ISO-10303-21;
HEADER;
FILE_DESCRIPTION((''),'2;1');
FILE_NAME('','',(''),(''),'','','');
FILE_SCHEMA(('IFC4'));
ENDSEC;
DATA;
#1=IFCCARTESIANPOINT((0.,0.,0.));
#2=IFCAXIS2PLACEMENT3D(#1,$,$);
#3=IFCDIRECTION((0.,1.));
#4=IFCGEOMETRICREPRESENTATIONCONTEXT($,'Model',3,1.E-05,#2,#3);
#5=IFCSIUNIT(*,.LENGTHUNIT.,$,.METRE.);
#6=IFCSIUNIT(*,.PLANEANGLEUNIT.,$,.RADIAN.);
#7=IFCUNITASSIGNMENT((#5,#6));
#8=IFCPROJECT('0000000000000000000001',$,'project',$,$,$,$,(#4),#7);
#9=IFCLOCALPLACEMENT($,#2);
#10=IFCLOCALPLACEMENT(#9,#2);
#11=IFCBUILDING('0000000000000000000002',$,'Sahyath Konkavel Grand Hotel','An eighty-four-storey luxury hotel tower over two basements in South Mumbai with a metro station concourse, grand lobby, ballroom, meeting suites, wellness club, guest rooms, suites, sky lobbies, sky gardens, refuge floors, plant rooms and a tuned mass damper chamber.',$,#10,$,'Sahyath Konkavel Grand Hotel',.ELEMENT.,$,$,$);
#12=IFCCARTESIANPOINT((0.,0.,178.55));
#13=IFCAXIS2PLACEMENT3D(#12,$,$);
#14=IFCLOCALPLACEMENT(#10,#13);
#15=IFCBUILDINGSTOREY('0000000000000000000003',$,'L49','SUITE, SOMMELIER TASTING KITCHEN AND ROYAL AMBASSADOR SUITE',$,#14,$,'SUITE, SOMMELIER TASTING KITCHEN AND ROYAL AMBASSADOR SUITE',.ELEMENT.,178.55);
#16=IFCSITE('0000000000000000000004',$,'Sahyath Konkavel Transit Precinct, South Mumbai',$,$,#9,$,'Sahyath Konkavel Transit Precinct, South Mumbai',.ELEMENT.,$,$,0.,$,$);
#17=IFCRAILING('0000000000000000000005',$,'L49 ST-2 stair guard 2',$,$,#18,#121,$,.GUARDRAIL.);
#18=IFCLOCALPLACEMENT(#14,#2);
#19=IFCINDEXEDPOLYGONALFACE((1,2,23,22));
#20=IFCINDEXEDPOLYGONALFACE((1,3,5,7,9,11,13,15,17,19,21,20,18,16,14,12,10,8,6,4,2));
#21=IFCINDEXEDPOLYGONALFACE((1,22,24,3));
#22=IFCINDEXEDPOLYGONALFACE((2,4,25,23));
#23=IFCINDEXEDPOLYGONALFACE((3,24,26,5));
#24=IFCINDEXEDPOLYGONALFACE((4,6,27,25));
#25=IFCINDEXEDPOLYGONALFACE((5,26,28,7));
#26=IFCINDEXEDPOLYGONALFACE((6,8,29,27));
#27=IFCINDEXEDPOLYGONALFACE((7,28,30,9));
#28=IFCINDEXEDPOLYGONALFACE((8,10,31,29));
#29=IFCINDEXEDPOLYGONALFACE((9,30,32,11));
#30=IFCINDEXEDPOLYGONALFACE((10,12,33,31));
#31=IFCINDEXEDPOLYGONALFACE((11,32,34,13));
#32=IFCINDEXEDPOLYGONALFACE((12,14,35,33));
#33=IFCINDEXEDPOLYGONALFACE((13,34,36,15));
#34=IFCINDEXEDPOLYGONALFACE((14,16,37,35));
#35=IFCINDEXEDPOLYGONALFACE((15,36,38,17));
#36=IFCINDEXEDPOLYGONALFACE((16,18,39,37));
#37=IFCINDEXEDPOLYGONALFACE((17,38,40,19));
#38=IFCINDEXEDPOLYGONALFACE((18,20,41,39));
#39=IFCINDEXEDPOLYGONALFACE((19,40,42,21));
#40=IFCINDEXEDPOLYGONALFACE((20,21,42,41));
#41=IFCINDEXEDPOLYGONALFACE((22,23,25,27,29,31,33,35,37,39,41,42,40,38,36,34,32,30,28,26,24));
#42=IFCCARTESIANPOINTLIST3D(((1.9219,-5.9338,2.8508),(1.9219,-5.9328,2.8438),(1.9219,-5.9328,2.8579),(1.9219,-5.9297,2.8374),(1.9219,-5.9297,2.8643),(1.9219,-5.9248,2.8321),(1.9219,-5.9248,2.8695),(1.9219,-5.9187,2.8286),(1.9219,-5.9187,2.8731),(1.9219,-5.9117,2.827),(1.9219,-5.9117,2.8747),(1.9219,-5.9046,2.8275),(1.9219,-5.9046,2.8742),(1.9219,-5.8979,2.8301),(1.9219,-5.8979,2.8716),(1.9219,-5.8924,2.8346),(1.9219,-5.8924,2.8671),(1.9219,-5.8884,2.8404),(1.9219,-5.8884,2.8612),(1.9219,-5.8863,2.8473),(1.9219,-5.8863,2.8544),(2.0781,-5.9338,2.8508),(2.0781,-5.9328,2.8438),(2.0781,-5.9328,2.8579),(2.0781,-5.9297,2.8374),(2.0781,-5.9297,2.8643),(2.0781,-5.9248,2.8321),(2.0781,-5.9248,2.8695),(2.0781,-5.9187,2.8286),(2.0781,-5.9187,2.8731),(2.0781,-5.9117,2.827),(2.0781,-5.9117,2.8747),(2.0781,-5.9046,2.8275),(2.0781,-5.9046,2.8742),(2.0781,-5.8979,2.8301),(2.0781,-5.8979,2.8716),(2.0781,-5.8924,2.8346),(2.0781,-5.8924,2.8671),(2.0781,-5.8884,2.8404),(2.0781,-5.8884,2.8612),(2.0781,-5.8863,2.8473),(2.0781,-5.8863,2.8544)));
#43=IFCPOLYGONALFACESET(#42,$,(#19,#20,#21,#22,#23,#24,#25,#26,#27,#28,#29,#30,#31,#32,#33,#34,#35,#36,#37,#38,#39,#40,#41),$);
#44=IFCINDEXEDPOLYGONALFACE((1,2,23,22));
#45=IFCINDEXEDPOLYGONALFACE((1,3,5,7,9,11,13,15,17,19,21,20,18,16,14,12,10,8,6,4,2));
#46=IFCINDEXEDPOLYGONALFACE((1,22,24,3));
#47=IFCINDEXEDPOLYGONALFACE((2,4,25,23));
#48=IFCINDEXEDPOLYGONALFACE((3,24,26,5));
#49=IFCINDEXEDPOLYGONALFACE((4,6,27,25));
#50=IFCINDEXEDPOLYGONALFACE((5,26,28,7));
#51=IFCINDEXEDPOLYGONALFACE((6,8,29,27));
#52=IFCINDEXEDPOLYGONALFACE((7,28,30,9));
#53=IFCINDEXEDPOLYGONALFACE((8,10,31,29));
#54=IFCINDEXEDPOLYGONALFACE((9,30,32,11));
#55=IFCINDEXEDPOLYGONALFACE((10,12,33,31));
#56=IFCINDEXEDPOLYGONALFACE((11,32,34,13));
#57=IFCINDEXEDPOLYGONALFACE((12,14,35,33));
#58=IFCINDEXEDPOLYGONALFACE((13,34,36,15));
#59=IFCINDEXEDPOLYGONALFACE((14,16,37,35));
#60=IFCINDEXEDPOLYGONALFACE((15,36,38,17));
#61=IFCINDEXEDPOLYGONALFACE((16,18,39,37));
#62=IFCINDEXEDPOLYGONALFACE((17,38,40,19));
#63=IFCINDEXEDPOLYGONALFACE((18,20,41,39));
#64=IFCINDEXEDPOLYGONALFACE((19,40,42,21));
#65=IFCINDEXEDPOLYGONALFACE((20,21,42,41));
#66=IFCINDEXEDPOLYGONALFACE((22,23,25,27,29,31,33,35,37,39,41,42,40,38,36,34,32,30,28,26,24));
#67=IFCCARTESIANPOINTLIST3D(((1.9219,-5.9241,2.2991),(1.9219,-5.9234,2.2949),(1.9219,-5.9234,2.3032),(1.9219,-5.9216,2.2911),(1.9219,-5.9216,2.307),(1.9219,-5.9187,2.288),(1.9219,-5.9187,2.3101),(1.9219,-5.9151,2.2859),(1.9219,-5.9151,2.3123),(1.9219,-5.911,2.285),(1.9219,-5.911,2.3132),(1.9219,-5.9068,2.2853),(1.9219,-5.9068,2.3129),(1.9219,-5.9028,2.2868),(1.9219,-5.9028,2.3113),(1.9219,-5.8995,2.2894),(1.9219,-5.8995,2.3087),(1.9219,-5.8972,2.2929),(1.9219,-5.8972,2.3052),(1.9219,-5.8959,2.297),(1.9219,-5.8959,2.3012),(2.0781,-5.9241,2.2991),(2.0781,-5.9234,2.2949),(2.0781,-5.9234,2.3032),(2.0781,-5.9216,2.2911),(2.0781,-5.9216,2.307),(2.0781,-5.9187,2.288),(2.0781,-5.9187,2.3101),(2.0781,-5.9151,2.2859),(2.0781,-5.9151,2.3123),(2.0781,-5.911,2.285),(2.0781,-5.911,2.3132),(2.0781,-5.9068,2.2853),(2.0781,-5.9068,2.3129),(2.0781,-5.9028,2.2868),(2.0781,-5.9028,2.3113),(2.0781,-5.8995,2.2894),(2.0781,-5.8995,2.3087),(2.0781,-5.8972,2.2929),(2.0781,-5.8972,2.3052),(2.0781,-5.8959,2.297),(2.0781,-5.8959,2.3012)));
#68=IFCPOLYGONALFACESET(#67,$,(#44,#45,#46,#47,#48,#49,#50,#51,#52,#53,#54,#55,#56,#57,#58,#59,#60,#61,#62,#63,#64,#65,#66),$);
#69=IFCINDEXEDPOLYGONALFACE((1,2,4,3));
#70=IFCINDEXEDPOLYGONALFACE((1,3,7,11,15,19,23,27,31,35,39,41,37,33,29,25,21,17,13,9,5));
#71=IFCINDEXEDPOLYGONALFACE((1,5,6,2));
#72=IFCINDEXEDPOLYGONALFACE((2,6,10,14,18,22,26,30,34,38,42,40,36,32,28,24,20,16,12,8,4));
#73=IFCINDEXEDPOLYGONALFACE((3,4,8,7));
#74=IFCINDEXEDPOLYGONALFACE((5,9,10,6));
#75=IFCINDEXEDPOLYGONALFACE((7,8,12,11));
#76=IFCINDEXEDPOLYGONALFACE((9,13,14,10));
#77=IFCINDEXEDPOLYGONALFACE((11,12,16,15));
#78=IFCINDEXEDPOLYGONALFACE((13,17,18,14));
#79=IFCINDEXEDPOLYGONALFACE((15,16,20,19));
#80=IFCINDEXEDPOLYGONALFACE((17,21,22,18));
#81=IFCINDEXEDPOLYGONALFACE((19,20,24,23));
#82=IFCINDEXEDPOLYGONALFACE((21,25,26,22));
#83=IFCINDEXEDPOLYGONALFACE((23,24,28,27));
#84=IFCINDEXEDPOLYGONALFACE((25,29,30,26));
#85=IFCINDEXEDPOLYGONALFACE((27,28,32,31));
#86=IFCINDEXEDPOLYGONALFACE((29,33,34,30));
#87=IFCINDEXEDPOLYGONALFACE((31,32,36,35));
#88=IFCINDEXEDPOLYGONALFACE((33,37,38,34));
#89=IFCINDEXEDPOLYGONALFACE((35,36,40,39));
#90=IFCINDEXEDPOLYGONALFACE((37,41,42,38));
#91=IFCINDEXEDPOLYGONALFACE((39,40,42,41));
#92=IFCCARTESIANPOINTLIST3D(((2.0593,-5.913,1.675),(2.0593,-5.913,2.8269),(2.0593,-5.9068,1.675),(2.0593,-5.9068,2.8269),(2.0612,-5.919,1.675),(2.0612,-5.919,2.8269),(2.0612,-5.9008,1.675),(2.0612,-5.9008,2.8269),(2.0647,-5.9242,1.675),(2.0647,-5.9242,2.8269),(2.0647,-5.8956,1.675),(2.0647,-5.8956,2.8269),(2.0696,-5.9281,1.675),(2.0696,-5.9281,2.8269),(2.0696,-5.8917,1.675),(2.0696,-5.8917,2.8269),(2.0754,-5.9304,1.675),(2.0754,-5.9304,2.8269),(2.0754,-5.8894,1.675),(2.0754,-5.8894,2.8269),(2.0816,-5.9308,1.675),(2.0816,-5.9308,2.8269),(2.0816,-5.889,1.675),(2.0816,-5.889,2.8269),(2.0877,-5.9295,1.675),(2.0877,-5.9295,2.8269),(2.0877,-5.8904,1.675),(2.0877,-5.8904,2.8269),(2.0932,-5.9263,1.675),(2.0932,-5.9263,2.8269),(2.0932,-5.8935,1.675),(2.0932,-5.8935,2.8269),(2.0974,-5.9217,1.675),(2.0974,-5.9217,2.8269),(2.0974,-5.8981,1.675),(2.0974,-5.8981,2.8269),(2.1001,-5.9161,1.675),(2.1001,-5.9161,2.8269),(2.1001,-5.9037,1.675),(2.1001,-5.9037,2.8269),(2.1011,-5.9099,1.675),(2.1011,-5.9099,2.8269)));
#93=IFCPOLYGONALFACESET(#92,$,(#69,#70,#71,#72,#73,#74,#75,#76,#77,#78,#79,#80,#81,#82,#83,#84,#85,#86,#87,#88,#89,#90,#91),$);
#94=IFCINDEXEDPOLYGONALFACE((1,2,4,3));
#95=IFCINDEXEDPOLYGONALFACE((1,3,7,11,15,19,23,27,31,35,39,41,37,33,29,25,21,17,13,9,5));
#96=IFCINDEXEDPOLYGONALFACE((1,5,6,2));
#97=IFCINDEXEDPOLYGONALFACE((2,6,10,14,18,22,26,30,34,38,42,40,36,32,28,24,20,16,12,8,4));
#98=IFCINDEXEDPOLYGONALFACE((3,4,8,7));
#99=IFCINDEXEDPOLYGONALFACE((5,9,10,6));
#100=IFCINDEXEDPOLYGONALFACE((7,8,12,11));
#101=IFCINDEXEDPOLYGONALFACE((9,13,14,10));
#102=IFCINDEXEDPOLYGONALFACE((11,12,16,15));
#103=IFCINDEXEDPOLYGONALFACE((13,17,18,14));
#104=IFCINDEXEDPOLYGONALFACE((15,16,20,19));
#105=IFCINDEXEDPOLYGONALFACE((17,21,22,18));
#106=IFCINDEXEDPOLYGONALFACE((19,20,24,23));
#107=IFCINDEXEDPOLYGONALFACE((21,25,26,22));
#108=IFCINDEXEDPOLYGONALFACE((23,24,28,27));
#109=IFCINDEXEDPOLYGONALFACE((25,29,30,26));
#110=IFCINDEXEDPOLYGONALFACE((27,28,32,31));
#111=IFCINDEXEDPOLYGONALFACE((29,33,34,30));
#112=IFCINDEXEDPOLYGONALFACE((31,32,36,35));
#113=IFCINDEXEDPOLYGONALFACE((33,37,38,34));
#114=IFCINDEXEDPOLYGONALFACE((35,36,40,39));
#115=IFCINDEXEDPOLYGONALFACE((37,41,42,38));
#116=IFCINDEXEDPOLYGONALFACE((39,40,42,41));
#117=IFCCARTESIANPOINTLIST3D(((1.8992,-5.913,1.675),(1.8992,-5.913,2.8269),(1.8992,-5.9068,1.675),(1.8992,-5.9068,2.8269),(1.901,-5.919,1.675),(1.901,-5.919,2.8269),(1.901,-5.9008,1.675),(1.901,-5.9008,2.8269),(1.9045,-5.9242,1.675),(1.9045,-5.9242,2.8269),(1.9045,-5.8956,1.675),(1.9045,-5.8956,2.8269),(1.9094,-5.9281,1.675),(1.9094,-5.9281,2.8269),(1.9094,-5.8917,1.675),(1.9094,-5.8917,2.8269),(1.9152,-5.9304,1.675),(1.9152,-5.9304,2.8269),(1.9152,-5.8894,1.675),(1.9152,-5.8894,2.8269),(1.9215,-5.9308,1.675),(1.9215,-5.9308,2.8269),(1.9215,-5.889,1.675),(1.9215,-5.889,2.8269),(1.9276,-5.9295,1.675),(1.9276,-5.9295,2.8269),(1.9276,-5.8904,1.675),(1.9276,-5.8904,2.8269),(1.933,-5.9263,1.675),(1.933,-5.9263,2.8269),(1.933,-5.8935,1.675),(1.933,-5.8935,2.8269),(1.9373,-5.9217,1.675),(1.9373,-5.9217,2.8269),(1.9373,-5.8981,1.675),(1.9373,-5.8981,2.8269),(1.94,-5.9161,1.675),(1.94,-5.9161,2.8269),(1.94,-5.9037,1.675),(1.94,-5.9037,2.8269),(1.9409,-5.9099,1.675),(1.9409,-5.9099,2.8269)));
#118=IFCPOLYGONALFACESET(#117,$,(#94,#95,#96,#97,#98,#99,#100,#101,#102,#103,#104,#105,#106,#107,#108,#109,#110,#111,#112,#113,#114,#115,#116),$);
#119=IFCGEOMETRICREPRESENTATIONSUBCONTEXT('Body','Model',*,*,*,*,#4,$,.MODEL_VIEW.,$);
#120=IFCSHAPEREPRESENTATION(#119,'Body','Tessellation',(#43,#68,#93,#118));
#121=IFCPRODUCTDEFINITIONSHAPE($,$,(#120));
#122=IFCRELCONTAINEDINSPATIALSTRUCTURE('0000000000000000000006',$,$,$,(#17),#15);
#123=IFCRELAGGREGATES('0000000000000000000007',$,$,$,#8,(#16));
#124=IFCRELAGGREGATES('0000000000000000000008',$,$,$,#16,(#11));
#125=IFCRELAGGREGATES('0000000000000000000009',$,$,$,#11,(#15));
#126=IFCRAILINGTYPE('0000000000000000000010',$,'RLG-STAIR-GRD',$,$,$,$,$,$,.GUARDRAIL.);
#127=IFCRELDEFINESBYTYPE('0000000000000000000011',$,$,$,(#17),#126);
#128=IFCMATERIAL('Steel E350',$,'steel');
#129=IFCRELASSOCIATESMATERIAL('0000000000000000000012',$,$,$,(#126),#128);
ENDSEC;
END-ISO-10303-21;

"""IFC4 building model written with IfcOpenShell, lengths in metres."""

from ifc_helpers import new_model, si_unit, direction, frame, origin, origin_2d, place, context, subcontext, project, spatial, circle, extrude, material, type_object, element, save


model = new_model("IFC4")

# Units and contexts
model_context = context("Model", 3, precision=1e-05, world=origin(), true_north=direction((0.0, 1.0)))
body_context = subcontext(model_context, "Body", "Model", "MODEL_VIEW")
ifc_project = project(units=[si_unit("LENGTHUNIT", "METRE"), si_unit("PLANEANGLEUNIT", "RADIAN")], contexts=[model_context])

# Site, building, storey
site_placement = place(None, origin())
site = spatial("IfcSite", under=ifc_project, at=site_placement, Name="Sahyath Konkavel Transit Precinct, South Mumbai", LongName="Sahyath Konkavel Transit Precinct, South Mumbai", CompositionType="ELEMENT", RefElevation=0.0)
building_placement = place(site_placement, origin())
building = spatial("IfcBuilding", under=site, at=building_placement, Name="Sahyath Konkavel Grand Hotel", Description="An eighty-four-storey luxury hotel tower over two basements in South Mumbai with a metro station concourse, grand lobby, ballroom, meeting suites, wellness club, guest rooms, suites, sky lobbies, sky gardens, refuge floors, plant rooms and a tuned mass damper chamber.", LongName="Sahyath Konkavel Grand Hotel", CompositionType="ELEMENT")
storey_placement = place(building_placement, frame((0.0, 0.0, 178.55)))
storey = spatial("IfcBuildingStorey", under=building, at=storey_placement, Name="L49", Description="SUITE, SOMMELIER TASTING KITCHEN AND ROYAL AMBASSADOR SUITE", LongName="SUITE, SOMMELIER TASTING KITCHEN AND ROYAL AMBASSADOR SUITE", CompositionType="ELEMENT", Elevation=178.55)

# Shared definitions
ifc_material_1 = material(Name="Steel E350", Category="steel")

# Railing
railing_type_1 = type_object("IfcRailingType", Name="RLG-STAIR-GRD", PredefinedType="GUARDRAIL", material=ifc_material_1)
railing_1_placement = place(storey_placement, frame((2.0801, -5.9099, 1.675)))
element("IfcRailing", 1, at=railing_1_placement, inside=storey, type_object=railing_type_1, Name="L49 ST-2 stair guard 2", PredefinedType="GUARDRAIL", context=body_context, shape_type="SweptSolid", body=[
    extrude(circle(Radius=0.0239, at=origin_2d()), frame((-0.002, 0.0, 1.1758), z_axis=(-1.0, 0.0, 0.0), x_axis=(0.0, -1.0, 0.0)), (0.0, 0.0, 1.0), 0.1562),
    extrude(circle(Radius=0.0142, at=origin_2d()), frame((-0.002, 0.0, 0.624), z_axis=(-1.0, 0.0, 0.0), x_axis=(0.0, -1.0, 0.0)), (0.0, 0.0, 1.0), 0.1562),
    extrude(circle(Radius=0.021, at=origin_2d()), origin(), (0.0, 0.0, 1.0), 1.1519),
    extrude(circle(Radius=0.021, at=origin_2d()), frame((-0.1602, 0.0, 0.0)), (0.0, 0.0, 1.0), 1.1519),
])

save(model, "model.ifc")
